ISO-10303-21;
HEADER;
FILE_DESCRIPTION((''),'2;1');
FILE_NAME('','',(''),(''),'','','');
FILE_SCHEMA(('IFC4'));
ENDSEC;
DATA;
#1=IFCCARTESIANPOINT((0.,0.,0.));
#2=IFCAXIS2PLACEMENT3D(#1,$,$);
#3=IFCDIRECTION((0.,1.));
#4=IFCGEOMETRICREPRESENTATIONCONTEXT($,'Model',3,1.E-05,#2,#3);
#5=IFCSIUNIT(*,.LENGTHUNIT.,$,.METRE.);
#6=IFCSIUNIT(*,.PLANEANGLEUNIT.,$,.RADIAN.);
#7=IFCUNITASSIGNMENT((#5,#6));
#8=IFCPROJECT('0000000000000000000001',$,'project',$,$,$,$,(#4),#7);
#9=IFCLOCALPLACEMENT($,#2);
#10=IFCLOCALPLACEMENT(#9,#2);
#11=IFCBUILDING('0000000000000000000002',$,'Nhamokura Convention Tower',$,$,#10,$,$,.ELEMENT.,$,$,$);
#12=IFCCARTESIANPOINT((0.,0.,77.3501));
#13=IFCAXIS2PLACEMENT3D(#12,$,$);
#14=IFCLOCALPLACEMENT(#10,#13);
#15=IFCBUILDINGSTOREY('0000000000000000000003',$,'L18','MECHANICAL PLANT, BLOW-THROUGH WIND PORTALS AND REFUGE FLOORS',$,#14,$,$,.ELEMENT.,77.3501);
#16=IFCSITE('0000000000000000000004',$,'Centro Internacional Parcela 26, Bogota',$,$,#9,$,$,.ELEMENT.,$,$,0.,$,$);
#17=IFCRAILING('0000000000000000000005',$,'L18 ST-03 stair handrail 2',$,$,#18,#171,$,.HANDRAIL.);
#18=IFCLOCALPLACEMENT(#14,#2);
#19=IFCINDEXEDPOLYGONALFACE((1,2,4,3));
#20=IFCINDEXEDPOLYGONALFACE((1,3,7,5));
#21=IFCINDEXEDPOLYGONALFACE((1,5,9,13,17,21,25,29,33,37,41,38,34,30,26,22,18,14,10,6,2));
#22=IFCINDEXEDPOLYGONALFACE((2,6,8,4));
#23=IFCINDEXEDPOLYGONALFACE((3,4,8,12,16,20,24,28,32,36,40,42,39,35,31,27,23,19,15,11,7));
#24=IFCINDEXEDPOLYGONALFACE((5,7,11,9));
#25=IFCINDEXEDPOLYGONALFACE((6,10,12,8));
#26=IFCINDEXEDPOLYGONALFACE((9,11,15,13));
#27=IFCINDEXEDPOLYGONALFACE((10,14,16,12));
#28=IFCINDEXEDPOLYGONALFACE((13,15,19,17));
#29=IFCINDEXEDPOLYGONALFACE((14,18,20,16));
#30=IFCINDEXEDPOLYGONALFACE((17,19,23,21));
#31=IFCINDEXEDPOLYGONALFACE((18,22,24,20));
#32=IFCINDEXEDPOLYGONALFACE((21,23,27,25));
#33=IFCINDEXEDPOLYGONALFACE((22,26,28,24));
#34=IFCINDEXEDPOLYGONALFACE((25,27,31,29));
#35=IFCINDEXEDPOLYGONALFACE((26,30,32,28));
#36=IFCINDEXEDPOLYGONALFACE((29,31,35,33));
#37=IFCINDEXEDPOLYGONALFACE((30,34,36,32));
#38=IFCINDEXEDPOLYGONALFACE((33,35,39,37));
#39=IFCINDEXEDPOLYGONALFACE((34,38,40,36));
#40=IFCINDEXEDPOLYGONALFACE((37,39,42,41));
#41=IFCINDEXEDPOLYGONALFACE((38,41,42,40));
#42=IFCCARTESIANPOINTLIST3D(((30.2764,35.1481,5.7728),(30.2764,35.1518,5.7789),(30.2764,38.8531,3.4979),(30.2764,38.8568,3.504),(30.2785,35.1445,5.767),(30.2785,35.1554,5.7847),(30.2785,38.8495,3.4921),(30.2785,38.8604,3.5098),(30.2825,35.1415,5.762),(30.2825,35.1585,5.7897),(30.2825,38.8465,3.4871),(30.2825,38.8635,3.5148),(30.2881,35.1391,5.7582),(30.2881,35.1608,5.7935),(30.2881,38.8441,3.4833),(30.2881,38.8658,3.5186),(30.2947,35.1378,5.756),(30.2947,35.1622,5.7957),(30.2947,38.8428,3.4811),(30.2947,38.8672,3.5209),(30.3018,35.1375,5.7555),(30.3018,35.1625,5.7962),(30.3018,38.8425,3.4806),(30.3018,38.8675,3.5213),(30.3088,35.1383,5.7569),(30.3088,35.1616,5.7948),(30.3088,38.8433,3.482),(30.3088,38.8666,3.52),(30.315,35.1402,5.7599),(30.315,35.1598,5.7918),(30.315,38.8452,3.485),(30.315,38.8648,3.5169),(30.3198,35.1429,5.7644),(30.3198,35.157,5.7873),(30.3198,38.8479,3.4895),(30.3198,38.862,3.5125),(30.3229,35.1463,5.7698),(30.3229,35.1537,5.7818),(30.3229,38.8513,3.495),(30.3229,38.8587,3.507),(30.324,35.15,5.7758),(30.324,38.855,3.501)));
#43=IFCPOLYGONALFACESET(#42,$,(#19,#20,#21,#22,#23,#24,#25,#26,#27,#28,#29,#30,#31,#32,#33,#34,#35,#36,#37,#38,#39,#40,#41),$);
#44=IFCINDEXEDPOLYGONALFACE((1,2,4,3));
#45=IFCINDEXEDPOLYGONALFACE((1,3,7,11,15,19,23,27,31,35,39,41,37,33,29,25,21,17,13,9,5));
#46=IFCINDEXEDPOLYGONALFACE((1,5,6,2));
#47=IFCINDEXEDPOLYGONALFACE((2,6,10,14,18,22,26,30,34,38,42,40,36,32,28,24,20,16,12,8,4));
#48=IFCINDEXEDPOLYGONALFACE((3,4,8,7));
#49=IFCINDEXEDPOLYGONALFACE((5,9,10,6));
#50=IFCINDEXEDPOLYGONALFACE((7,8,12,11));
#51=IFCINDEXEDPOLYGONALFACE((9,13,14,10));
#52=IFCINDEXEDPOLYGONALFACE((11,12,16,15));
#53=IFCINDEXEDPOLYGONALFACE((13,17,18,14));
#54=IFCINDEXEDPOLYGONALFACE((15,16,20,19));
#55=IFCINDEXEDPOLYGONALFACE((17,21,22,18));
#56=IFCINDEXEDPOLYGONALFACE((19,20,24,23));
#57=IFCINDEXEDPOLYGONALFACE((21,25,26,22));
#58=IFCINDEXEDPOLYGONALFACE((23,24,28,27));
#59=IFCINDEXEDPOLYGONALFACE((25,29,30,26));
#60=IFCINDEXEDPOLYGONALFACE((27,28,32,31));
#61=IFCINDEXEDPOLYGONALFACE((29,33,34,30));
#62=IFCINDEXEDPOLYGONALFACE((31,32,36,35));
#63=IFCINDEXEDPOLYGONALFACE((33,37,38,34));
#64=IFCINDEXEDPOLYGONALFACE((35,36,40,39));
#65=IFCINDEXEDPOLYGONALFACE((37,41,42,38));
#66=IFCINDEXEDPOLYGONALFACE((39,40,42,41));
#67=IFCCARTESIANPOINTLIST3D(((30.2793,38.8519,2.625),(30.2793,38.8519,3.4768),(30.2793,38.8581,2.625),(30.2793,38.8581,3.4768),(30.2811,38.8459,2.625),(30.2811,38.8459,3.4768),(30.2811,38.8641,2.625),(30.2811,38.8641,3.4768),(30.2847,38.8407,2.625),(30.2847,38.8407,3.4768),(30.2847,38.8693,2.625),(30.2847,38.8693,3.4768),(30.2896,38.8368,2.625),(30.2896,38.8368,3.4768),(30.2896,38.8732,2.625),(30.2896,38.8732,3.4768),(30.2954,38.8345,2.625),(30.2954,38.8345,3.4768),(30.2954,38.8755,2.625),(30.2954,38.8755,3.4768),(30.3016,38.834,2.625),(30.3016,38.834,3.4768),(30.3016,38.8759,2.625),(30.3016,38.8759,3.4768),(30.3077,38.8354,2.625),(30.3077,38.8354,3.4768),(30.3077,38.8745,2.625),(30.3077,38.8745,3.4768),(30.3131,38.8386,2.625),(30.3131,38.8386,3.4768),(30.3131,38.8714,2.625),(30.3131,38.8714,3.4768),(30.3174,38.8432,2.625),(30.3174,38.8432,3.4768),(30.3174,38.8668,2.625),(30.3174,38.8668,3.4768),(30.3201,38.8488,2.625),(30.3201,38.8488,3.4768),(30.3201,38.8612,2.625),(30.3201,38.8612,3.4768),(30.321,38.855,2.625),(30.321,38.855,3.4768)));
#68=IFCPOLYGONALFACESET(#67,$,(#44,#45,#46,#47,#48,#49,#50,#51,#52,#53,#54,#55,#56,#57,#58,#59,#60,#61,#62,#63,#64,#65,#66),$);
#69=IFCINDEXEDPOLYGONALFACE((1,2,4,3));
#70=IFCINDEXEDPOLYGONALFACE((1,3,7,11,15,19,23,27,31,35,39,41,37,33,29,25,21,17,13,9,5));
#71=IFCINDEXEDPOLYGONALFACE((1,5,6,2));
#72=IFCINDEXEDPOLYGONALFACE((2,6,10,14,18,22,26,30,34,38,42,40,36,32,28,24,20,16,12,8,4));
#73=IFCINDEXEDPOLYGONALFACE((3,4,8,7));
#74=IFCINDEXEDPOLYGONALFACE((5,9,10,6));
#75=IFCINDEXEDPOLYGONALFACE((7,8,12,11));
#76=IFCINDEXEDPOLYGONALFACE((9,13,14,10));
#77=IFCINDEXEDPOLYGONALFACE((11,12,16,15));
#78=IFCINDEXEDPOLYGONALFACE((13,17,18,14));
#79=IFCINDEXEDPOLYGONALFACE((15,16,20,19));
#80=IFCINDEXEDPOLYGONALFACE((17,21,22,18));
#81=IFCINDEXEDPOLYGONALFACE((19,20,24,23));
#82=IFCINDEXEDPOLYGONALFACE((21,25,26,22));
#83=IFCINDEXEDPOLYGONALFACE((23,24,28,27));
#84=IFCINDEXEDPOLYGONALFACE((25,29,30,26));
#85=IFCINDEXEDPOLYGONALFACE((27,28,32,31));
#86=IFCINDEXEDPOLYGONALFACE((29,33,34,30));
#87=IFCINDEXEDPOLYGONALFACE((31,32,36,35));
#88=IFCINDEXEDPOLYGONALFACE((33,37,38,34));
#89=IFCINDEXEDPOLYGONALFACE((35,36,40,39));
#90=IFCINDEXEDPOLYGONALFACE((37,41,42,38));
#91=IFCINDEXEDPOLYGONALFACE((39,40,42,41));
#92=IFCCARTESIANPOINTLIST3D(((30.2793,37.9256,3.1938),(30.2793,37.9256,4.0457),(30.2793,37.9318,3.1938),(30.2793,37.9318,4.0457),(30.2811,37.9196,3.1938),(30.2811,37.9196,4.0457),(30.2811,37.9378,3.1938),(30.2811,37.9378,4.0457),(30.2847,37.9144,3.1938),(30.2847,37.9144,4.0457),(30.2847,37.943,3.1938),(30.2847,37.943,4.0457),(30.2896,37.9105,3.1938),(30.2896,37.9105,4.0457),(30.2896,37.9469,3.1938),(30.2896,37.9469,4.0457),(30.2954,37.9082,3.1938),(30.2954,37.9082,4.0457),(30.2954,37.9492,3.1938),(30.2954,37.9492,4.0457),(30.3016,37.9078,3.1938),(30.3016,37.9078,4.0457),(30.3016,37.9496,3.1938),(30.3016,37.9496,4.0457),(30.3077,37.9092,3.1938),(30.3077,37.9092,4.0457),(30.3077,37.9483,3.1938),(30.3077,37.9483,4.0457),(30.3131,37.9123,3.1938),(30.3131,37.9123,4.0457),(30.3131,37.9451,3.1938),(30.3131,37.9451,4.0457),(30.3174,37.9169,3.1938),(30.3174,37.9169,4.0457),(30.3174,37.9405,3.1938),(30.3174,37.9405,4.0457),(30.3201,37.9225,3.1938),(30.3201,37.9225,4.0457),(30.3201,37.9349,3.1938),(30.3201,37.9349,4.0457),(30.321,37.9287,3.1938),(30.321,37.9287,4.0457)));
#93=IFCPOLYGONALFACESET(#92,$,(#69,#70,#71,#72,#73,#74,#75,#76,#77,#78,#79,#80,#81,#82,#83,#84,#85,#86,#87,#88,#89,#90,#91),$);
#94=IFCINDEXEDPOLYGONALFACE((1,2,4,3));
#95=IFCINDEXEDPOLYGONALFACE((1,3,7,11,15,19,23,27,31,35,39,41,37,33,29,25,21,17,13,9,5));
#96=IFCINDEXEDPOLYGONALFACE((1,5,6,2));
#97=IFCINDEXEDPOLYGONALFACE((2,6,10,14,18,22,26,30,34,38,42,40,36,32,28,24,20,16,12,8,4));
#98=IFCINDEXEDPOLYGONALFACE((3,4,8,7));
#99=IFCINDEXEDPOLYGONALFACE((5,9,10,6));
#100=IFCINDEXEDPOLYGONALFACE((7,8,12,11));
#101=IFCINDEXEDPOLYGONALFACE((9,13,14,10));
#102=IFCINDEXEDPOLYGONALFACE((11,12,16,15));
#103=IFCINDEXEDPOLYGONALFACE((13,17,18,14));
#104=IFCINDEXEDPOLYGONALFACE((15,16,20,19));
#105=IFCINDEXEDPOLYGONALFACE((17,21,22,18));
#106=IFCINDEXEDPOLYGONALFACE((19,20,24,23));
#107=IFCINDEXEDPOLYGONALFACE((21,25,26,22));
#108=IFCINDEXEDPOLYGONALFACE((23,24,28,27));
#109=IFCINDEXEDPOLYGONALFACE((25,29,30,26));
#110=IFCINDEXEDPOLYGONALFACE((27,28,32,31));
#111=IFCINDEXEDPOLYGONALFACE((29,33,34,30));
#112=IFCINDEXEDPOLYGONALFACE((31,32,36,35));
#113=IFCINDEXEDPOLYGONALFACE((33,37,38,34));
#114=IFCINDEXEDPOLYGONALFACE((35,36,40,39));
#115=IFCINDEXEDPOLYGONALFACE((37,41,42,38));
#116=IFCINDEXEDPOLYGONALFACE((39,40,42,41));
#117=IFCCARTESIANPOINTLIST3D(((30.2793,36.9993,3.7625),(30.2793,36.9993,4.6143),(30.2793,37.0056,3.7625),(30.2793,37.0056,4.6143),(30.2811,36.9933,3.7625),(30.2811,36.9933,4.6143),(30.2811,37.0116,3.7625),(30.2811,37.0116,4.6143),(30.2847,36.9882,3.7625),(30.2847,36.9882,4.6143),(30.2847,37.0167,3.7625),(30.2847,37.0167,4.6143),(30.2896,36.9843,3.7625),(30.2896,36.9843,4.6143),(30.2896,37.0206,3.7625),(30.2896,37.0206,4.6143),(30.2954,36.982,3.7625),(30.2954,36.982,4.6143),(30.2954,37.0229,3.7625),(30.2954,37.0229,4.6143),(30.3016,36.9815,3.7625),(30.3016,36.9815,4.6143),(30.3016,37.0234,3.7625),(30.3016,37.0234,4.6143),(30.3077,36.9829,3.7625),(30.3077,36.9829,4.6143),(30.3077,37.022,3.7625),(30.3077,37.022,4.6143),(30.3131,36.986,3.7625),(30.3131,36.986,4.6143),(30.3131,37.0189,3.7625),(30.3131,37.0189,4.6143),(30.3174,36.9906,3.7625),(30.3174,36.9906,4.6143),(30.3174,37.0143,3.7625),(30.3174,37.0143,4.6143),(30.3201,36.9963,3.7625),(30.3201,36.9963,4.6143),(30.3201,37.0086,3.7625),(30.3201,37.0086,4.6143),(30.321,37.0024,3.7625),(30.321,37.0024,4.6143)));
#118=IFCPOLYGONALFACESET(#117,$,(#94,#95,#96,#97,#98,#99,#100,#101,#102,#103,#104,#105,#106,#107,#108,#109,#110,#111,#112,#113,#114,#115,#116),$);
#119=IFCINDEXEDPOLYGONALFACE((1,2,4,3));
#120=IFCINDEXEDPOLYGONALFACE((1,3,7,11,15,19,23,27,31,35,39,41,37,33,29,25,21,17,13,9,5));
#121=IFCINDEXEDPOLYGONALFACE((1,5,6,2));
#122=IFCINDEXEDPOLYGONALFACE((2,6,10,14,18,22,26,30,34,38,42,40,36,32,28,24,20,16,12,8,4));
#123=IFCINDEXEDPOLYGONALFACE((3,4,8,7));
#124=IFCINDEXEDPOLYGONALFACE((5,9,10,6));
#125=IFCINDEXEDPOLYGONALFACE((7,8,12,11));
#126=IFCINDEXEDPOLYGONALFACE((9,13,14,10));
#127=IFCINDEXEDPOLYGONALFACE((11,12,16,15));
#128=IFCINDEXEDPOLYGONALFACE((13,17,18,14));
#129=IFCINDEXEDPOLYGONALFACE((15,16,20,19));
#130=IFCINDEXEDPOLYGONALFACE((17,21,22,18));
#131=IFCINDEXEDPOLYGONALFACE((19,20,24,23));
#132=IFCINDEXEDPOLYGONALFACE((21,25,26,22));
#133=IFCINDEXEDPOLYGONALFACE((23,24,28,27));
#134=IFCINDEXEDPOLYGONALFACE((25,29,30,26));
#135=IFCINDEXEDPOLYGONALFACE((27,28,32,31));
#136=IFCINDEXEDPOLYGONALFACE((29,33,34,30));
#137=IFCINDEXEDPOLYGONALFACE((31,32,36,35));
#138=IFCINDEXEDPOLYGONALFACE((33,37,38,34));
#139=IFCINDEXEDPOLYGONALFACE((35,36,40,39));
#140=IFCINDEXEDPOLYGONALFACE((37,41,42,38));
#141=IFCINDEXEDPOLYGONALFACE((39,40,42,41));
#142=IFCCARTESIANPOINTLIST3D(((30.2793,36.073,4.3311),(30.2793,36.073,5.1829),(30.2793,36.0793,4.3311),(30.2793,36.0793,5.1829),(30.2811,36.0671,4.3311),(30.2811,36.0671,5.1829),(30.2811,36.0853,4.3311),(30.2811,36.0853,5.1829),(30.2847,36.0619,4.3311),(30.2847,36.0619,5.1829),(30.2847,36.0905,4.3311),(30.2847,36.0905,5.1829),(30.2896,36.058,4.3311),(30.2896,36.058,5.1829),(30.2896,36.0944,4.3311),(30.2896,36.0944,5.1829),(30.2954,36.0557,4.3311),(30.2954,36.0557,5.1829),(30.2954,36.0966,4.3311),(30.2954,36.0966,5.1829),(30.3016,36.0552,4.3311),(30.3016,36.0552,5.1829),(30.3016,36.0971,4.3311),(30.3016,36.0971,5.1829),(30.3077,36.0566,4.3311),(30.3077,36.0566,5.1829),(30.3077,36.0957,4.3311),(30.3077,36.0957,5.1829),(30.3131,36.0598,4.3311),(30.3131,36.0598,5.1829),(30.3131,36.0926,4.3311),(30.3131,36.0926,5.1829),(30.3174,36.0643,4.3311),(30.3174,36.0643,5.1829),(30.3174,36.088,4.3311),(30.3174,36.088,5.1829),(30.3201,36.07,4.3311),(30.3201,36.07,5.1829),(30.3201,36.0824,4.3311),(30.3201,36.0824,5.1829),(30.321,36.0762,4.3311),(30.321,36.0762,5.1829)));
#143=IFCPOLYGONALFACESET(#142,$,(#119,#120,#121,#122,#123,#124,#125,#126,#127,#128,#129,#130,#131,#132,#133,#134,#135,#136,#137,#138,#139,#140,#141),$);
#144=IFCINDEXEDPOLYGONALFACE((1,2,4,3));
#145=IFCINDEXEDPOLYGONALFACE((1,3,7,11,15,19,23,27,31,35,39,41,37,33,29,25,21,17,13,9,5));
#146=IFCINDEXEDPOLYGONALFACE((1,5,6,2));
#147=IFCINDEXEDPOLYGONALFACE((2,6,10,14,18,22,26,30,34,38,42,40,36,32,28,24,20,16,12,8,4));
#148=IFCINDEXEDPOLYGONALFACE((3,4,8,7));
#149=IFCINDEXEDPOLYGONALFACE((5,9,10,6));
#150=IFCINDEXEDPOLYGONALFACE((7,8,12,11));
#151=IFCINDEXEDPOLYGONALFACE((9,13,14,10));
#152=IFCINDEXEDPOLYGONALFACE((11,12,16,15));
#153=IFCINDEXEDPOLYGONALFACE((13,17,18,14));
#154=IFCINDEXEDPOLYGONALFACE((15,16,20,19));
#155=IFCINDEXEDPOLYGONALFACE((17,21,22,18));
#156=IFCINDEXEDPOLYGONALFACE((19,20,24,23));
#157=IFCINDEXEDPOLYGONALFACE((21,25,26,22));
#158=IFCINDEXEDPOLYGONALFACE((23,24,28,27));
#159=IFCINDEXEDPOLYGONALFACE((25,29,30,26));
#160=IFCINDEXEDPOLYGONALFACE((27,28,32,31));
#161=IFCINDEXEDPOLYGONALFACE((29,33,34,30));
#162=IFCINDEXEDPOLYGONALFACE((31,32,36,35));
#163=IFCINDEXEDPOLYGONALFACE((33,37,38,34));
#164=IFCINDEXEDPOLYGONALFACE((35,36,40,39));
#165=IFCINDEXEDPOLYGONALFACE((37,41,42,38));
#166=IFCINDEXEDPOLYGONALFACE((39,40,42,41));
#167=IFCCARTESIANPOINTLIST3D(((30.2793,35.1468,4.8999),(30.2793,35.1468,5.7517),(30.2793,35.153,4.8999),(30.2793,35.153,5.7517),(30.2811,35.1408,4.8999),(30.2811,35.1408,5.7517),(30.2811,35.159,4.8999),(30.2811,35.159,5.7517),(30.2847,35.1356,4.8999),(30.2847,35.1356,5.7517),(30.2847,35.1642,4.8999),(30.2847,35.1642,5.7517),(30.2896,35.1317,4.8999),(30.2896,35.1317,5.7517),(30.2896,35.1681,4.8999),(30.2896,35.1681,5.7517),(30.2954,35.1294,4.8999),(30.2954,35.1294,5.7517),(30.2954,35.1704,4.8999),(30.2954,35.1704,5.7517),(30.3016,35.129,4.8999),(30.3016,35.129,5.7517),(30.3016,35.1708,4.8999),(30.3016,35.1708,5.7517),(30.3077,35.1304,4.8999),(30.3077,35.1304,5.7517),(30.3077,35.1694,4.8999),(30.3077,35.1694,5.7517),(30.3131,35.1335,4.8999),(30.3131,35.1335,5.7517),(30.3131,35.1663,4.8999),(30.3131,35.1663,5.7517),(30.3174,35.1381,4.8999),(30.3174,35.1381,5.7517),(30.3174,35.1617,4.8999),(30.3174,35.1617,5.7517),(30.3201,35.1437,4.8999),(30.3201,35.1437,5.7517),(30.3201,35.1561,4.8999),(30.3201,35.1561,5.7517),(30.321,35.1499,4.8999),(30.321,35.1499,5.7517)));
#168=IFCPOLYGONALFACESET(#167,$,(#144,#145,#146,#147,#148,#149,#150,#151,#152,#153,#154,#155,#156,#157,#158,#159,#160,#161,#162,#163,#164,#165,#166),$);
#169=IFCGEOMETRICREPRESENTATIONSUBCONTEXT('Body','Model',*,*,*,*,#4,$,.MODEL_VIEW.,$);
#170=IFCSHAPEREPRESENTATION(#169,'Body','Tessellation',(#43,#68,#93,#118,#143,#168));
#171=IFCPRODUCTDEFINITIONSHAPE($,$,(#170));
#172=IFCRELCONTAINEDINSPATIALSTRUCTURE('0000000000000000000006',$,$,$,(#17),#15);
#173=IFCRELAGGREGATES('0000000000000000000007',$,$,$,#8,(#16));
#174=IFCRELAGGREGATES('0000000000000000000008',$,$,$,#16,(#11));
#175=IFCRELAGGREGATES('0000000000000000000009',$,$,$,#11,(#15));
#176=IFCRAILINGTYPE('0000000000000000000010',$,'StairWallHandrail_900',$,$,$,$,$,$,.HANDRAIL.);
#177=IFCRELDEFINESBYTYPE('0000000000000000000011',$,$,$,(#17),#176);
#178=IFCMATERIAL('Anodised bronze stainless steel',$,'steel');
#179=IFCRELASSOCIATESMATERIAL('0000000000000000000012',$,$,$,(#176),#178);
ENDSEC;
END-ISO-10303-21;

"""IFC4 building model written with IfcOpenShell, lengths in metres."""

from ifc_helpers import new_model, si_unit, direction, frame, origin, origin_2d, place, context, subcontext, project, spatial, circle, extrude, material, type_object, element, save


model = new_model("IFC4")

# Units and contexts
model_context = context("Model", 3, precision=1e-05, world=origin(), true_north=direction((0.0, 1.0)))
body_context = subcontext(model_context, "Body", "Model", "MODEL_VIEW")
ifc_project = project(units=[si_unit("LENGTHUNIT", "METRE"), si_unit("PLANEANGLEUNIT", "RADIAN")], contexts=[model_context])

# Site, building, storey
site_placement = place(None, origin())
site = spatial("IfcSite", under=ifc_project, at=site_placement, Name="Centro Internacional Parcela 26, Bogota", CompositionType="ELEMENT", RefElevation=0.0)
building_placement = place(site_placement, origin())
building = spatial("IfcBuilding", under=site, at=building_placement, Name="Nhamokura Convention Tower", CompositionType="ELEMENT")
storey_placement = place(building_placement, frame((0.0, 0.0, 77.3501)))
storey = spatial("IfcBuildingStorey", under=building, at=storey_placement, Name="L18", Description="MECHANICAL PLANT, BLOW-THROUGH WIND PORTALS AND REFUGE FLOORS", CompositionType="ELEMENT", Elevation=77.3501)

# Railing
ifc_material_1 = material(Name="Anodised bronze stainless steel", Category="steel")
railing_type_1 = type_object("IfcRailingType", Name="StairWallHandrail_900", PredefinedType="HANDRAIL", material=ifc_material_1)
railing_1_placement = place(storey_placement, frame((30.3, 38.855, 2.625)))
element("IfcRailing", 1, at=railing_1_placement, inside=storey, type_object=railing_type_1, Name="L18 ST-03 stair handrail 2", PredefinedType="HANDRAIL", context=body_context, shape_type="SweptSolid", body=[
    extrude(circle(Radius=0.0239, at=origin_2d()), frame((0.0, 0.0, 0.876), z_axis=(0.0, -0.852186, 0.523239), x_axis=(1.0, 0.0, 0.0)), (0.0, 0.0, 1.0), 4.3477),
    extrude(circle(Radius=0.021, at=origin_2d()), origin(), (0.0, 0.0, 1.0), 0.8518),
    extrude(circle(Radius=0.021, at=origin_2d()), frame((0.0, -0.9263, 0.5688)), (0.0, 0.0, 1.0), 0.8518),
    extrude(circle(Radius=0.021, at=origin_2d()), frame((0.0, -1.8525, 1.1375)), (0.0, 0.0, 1.0), 0.8518),
    extrude(circle(Radius=0.021, at=origin_2d()), frame((0.0, -2.7788, 1.7061)), (0.0, 0.0, 1.0), 0.8518),
    extrude(circle(Radius=0.021, at=origin_2d()), frame((0.0, -3.7051, 2.2749)), (0.0, 0.0, 1.0), 0.8518),
])

save(model, "model.ifc")
